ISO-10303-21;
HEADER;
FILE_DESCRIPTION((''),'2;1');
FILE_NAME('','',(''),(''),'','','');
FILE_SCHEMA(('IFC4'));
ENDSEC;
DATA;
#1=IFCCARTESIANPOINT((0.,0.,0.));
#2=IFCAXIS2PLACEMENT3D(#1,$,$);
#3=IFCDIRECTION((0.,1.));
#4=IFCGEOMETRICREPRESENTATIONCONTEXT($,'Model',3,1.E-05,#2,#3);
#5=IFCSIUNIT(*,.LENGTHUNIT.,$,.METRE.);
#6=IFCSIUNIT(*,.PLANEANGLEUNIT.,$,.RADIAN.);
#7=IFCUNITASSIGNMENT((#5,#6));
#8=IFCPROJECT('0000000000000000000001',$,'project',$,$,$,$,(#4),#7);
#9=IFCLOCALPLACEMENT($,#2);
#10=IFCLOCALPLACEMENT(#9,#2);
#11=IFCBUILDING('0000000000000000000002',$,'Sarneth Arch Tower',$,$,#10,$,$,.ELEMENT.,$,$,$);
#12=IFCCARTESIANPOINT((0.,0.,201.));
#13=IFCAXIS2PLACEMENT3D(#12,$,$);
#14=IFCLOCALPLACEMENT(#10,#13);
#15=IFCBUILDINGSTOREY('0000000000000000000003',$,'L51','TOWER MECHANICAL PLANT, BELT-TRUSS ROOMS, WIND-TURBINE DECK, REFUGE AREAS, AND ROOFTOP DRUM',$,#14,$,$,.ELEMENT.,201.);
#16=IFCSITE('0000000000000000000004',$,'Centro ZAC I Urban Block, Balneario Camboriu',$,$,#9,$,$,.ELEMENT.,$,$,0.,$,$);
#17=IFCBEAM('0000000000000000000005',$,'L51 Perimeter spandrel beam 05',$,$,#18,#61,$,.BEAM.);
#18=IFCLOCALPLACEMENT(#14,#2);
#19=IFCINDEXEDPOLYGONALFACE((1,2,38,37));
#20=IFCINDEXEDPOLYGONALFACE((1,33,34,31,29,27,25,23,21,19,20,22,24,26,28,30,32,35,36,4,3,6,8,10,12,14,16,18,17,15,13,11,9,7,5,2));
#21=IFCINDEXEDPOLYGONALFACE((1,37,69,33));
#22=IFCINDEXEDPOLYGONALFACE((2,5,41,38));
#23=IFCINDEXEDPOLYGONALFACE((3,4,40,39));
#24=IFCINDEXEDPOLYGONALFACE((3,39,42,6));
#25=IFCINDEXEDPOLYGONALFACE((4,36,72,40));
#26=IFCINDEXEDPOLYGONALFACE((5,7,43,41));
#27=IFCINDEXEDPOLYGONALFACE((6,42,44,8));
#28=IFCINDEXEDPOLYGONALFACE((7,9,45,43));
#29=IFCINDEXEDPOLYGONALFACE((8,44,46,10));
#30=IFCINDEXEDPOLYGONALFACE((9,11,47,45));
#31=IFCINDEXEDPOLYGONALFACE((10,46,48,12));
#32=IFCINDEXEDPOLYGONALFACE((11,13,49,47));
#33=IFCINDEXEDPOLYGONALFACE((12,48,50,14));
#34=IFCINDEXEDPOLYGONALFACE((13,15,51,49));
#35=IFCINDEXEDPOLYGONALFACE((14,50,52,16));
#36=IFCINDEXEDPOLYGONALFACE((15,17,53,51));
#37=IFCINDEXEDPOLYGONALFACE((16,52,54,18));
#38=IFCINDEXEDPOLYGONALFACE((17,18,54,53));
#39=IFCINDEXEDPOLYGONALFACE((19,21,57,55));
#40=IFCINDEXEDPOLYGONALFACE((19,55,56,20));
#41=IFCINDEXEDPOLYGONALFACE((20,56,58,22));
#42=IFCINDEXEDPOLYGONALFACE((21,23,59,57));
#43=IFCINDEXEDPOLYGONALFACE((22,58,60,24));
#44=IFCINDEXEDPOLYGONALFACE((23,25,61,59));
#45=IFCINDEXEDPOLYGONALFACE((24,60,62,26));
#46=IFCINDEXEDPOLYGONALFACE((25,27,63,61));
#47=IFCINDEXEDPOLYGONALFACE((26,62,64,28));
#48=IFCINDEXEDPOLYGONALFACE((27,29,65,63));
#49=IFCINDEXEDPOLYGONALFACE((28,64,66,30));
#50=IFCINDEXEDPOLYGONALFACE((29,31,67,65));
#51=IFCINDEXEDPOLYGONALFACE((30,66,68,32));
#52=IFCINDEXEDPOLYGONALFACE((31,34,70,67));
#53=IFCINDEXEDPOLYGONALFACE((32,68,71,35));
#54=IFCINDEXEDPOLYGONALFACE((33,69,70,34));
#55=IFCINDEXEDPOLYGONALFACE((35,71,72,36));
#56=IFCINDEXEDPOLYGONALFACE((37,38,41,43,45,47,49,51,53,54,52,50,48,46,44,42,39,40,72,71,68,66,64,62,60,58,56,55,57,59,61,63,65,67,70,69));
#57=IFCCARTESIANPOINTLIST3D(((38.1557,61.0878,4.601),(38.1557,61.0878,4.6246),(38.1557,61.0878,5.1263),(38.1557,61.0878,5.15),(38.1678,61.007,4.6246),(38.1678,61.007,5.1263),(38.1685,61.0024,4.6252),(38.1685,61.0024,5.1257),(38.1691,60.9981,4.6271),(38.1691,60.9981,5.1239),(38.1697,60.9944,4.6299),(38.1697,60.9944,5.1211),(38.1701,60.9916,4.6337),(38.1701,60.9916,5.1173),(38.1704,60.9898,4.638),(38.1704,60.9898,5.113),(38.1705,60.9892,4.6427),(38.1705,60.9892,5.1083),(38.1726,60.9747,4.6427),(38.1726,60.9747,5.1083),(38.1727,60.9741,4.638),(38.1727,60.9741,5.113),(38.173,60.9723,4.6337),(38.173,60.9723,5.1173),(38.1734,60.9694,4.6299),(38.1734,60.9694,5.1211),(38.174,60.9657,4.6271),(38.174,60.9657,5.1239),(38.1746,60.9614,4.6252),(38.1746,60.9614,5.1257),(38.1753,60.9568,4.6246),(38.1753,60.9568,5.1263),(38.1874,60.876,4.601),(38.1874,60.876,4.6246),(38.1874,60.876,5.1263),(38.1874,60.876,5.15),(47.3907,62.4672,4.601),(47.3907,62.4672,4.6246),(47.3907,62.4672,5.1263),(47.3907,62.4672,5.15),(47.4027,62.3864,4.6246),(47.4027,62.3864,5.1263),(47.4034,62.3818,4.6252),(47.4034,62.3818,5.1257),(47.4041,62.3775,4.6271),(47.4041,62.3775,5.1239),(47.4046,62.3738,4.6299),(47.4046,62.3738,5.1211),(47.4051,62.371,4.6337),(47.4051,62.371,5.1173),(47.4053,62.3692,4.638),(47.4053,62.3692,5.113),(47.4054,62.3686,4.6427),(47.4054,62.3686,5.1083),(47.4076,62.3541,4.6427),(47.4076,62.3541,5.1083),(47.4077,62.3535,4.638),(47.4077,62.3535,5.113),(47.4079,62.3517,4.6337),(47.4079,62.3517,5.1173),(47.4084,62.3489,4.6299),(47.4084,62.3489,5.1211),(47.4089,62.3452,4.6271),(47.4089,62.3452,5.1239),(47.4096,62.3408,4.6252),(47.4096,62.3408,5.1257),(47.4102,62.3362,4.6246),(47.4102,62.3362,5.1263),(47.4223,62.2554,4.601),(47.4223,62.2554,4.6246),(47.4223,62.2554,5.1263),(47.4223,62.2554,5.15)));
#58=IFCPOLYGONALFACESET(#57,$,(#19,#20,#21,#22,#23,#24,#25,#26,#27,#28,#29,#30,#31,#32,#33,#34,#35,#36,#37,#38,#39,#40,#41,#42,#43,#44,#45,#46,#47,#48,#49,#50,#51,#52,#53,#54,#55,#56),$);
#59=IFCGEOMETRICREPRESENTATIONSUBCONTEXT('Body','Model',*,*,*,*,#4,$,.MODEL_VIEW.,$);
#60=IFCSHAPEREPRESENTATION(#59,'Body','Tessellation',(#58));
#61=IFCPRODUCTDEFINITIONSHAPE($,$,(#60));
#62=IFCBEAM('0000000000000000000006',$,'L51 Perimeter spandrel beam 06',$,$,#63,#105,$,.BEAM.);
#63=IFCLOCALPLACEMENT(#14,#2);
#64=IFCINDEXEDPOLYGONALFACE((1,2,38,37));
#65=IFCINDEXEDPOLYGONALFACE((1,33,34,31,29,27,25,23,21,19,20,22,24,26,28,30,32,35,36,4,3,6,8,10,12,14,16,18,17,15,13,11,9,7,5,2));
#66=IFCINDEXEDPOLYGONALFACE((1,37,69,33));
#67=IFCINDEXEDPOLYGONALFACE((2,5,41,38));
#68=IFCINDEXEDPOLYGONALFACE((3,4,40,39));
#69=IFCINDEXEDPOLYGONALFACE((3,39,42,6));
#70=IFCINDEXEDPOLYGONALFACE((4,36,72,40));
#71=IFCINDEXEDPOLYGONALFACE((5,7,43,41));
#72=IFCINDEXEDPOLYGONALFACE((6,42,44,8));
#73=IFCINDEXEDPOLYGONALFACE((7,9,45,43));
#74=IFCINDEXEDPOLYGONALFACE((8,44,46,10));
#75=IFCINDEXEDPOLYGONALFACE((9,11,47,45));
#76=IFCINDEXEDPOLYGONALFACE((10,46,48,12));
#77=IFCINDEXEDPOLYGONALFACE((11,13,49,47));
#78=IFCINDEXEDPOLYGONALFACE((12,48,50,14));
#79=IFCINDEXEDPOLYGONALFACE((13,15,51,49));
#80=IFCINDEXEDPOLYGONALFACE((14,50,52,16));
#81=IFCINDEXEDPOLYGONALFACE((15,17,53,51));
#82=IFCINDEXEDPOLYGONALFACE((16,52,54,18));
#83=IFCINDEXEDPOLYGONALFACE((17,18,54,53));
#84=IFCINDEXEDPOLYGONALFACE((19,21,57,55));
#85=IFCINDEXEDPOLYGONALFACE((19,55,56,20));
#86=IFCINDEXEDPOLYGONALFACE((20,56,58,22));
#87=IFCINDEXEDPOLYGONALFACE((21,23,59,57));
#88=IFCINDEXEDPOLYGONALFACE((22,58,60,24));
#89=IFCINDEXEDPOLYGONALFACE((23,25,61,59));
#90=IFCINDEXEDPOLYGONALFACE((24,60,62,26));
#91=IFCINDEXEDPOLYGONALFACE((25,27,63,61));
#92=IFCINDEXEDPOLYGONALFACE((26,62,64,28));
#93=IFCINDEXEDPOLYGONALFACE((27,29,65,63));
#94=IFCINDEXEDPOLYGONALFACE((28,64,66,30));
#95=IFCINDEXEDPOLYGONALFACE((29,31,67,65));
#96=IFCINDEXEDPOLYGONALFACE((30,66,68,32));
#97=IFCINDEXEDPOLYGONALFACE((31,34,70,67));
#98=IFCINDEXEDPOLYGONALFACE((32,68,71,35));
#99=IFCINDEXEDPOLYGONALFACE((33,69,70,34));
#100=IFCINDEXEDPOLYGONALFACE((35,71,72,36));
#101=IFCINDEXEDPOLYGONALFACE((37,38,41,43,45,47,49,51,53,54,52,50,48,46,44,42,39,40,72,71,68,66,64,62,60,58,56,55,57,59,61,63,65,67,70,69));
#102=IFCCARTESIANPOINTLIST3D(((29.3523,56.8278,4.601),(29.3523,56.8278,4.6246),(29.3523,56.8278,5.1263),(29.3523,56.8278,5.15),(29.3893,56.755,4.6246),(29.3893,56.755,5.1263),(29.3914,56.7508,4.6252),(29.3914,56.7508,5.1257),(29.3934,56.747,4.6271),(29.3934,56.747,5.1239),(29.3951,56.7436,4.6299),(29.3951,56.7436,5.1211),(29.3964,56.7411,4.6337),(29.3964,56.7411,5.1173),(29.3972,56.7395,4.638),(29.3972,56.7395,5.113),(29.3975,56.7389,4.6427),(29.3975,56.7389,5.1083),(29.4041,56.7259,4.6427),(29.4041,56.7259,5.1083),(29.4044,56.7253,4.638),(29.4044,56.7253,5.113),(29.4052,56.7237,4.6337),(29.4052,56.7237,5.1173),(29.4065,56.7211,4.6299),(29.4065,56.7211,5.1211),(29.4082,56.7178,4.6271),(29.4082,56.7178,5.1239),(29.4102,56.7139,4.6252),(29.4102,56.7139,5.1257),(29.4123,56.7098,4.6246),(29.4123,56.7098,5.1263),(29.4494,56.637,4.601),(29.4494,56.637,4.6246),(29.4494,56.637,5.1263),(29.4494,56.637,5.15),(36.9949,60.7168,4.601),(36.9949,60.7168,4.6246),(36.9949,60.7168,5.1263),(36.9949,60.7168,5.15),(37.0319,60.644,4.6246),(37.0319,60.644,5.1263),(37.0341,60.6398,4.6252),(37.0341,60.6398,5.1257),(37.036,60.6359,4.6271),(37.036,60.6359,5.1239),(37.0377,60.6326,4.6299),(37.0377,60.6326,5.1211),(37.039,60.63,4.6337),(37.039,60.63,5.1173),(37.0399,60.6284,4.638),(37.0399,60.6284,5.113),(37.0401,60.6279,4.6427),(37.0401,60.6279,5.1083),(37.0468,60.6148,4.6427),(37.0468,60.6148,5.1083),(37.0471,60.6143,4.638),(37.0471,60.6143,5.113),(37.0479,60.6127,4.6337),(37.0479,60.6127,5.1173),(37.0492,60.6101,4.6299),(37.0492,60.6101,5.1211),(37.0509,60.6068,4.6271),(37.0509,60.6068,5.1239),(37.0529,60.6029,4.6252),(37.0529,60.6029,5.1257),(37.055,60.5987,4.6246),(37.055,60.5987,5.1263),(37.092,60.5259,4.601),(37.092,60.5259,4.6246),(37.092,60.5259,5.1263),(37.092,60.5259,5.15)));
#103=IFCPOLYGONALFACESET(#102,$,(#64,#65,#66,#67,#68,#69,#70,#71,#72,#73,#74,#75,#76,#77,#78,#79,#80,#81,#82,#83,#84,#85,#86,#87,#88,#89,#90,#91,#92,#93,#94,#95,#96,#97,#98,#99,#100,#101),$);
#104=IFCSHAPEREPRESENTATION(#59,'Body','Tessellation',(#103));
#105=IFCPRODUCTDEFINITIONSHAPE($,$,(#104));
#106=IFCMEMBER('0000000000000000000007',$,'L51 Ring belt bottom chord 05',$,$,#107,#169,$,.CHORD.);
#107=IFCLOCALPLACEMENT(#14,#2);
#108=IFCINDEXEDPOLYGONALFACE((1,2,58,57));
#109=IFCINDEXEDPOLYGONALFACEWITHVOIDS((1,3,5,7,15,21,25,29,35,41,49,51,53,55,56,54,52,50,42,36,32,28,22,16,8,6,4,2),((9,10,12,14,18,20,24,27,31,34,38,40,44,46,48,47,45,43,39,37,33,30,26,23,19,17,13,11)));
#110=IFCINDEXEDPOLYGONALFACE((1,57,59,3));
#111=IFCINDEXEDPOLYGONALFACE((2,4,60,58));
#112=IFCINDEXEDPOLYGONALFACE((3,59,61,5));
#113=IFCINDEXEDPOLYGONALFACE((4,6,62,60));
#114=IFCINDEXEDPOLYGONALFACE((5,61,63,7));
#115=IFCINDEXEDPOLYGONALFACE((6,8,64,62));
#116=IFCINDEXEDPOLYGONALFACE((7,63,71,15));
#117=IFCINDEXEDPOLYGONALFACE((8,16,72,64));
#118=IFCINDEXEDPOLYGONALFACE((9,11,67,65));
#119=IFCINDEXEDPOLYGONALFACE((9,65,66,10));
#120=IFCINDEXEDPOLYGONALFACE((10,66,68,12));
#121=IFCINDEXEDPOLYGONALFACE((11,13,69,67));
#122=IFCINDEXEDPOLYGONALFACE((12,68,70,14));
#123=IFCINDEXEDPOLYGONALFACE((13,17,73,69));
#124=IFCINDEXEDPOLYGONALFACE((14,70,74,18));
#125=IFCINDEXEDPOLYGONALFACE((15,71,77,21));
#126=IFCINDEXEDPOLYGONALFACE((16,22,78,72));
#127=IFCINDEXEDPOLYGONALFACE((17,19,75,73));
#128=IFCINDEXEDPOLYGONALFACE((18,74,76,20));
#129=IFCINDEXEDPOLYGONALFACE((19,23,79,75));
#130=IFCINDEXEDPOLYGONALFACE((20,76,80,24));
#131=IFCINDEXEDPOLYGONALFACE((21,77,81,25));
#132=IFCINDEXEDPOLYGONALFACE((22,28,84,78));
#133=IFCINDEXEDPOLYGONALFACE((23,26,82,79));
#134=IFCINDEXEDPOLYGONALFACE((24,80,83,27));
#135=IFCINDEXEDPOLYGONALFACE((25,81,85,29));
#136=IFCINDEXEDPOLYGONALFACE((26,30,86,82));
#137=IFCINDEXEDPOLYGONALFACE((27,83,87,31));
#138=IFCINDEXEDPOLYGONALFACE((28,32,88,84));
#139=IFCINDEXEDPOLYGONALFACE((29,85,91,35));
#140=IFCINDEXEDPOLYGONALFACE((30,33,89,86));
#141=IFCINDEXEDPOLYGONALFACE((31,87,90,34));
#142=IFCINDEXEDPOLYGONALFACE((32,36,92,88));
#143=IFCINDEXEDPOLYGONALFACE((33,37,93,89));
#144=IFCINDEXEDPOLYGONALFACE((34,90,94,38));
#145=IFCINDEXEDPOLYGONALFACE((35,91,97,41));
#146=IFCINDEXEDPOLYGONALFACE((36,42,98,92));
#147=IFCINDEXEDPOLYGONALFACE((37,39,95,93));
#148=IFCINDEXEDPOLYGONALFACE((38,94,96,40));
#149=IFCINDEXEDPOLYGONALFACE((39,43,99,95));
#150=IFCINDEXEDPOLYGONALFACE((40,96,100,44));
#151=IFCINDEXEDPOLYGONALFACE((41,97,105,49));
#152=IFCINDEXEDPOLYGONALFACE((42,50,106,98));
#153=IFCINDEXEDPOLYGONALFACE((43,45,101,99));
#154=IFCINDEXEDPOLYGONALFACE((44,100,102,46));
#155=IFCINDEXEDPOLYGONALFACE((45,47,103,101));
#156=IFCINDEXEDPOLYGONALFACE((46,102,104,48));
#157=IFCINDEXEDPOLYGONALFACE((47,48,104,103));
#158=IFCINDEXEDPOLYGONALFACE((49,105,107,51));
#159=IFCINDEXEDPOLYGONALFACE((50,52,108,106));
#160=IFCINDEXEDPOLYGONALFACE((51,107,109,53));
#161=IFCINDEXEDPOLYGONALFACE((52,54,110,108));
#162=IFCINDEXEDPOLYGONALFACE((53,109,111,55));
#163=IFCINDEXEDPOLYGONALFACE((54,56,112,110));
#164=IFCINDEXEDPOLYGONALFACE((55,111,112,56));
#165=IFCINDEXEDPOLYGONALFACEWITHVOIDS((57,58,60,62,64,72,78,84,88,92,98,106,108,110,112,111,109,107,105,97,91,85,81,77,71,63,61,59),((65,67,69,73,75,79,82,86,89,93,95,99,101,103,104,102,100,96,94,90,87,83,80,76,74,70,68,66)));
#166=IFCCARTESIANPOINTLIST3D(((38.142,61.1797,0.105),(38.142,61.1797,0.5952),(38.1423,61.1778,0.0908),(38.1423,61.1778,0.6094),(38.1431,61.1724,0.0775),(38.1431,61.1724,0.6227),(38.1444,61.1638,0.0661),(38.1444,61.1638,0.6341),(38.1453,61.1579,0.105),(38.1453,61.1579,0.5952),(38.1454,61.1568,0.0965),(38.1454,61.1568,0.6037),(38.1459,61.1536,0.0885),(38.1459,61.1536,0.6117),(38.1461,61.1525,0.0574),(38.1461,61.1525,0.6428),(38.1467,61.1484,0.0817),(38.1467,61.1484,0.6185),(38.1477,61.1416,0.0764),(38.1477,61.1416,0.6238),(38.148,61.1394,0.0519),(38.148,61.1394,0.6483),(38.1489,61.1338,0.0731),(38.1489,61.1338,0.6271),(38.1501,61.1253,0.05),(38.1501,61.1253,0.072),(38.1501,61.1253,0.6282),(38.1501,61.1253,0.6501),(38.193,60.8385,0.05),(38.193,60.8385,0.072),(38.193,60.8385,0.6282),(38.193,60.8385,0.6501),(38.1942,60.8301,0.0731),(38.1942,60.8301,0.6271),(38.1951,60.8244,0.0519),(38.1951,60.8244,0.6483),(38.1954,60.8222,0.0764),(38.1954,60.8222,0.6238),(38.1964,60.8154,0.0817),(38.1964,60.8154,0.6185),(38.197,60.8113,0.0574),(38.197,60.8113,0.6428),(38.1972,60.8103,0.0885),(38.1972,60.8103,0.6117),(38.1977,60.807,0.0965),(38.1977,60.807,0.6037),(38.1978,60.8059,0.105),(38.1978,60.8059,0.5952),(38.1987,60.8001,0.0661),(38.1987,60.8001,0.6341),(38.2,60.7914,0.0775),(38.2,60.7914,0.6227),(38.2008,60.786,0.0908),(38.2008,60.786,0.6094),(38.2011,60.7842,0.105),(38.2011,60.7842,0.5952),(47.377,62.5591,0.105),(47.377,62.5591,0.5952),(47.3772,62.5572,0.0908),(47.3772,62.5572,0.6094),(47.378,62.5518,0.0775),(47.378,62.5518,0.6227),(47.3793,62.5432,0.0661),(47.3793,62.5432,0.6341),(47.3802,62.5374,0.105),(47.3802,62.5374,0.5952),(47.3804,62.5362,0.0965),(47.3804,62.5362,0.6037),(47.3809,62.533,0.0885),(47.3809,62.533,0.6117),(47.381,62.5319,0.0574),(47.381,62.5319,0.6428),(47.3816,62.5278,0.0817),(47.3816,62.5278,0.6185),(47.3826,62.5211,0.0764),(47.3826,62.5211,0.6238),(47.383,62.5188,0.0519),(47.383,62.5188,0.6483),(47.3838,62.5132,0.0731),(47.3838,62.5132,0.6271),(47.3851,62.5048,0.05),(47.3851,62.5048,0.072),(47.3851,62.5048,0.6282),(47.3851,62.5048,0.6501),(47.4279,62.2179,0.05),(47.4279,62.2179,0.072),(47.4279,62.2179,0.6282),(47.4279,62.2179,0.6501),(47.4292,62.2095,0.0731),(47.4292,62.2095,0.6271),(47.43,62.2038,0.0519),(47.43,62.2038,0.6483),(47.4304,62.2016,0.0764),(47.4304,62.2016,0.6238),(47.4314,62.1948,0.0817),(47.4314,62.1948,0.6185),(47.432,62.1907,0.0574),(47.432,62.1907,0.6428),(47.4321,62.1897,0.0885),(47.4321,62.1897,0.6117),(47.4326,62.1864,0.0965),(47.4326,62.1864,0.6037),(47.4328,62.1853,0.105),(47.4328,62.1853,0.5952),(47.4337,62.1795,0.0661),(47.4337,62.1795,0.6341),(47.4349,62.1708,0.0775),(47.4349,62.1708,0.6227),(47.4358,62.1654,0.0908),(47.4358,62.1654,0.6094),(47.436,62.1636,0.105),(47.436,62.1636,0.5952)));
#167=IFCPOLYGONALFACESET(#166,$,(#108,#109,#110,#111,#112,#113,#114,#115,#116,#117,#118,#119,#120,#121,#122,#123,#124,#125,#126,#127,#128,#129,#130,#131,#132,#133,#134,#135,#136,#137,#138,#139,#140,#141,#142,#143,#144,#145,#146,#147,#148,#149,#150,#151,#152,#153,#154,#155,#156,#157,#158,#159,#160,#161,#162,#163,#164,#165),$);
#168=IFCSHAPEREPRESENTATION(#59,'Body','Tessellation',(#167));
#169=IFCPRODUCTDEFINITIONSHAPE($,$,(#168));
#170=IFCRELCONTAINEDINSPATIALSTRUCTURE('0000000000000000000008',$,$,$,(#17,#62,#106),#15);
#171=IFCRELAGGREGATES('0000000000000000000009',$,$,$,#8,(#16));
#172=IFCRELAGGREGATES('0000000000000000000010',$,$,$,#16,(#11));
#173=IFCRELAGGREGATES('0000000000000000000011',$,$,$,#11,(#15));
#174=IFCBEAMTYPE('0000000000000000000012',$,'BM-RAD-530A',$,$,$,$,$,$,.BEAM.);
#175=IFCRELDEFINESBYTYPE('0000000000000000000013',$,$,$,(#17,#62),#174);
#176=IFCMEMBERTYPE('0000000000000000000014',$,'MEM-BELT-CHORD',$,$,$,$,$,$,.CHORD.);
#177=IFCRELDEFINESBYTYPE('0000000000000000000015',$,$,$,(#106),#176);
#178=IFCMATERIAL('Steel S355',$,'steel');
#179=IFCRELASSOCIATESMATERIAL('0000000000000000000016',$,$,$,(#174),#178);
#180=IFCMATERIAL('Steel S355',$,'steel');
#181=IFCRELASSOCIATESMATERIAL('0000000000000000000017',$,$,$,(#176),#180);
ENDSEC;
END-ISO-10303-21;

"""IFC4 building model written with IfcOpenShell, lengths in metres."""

from ifc_helpers import new_model, si_unit, direction, frame, origin, origin_2d, place, context, subcontext, project, spatial, hollow_rectangle, i_section, extrude, material, material_profile, profile_set, type_object, element, save


model = new_model("IFC4")

# Units and contexts
model_context = context("Model", 3, precision=1e-05, world=origin(), true_north=direction((0.0, 1.0)))
body_context = subcontext(model_context, "Body", "Model", "MODEL_VIEW")
ifc_project = project(units=[si_unit("LENGTHUNIT", "METRE"), si_unit("PLANEANGLEUNIT", "RADIAN")], contexts=[model_context])

# Site, building, storey
site_placement = place(None, origin())
site = spatial("IfcSite", under=ifc_project, at=site_placement, Name="Centro ZAC I Urban Block, Balneario Camboriu", CompositionType="ELEMENT", RefElevation=0.0)
building_placement = place(site_placement, origin())
building = spatial("IfcBuilding", under=site, at=building_placement, Name="Sarneth Arch Tower", CompositionType="ELEMENT")
storey_placement = place(building_placement, frame((0.0, 0.0, 201.0)))
storey = spatial("IfcBuildingStorey", under=building, at=storey_placement, Name="L51", Description="TOWER MECHANICAL PLANT, BELT-TRUSS ROOMS, WIND-TURBINE DECK, REFUGE AREAS, AND ROOFTOP DRUM", CompositionType="ELEMENT", Elevation=201.0)

# Beams
ifc_material_1 = material(Name="Steel S355", Category="steel")
ifc_material_profile_1 = material_profile(ifc_material_1, i_section(OverallWidth=0.2141, OverallDepth=0.5491, WebThickness=0.0146, FlangeThickness=0.0237, FilletRadius=0.0181, at=origin_2d()), Name="W530x138")
ifc_profile_set_1 = profile_set([ifc_material_profile_1], Name="Steel S355")
beam_type = type_object("IfcBeamType", Name="BM-RAD-530A", PredefinedType="BEAM", material=ifc_profile_set_1)
beam_1_placement = place(storey_placement, frame((47.4065, 62.3613, 4.8755), z_axis=(-0.989028, -0.147729, 0.0), x_axis=(0.147729, -0.989028, 0.0)))
element("IfcBeam", 1, at=beam_1_placement, inside=storey, type_object=beam_type, Name="L51 Perimeter spandrel beam 05", PredefinedType="BEAM", context=body_context, shape_type="SweptSolid", body=[
    extrude(i_section(OverallWidth=0.2141, OverallDepth=0.5491, WebThickness=0.0146, FlangeThickness=0.0237, FilletRadius=0.0181, at=origin_2d()), origin(), (0.0, 0.0, 1.0), 9.3374),
])
beam_2_placement = place(storey_placement, frame((37.0435, 60.6213, 4.8755), z_axis=(-0.89125, -0.453512, 0.0), x_axis=(0.453512, -0.89125, 0.0)))
element("IfcBeam", 2, at=beam_2_placement, inside=storey, type_object=beam_type, Name="L51 Perimeter spandrel beam 06", PredefinedType="BEAM", context=body_context, shape_type="SweptSolid", body=[
    extrude(i_section(OverallWidth=0.2141, OverallDepth=0.5491, WebThickness=0.0146, FlangeThickness=0.0237, FilletRadius=0.0181, at=origin_2d()), origin(), (0.0, 0.0, 1.0), 8.5752),
])

# Member
ifc_material_2 = material(Name="Steel S355", Category="steel")
ifc_material_profile_2 = material_profile(ifc_material_2, hollow_rectangle(XDim=0.3999, YDim=0.6001, WallThickness=0.022, InnerFilletRadius=0.033, OuterFilletRadius=0.0549, at=origin_2d()), Name="RHS600x400x22")
ifc_profile_set_2 = profile_set([ifc_material_profile_2], Name="Steel S355")
member_type_1 = type_object("IfcMemberType", Name="MEM-BELT-CHORD", PredefinedType="CHORD", material=ifc_profile_set_2)
member_1_placement = place(storey_placement, frame((47.4065, 62.3613, 0.3501), z_axis=(-0.989028, -0.147729, 0.0), x_axis=(0.147729, -0.989028, 0.0)))
element("IfcMember", 3, at=member_1_placement, inside=storey, type_object=member_type_1, Name="L51 Ring belt bottom chord 05", PredefinedType="CHORD", context=body_context, shape_type="SweptSolid", body=[
    extrude(hollow_rectangle(XDim=0.3999, YDim=0.6001, WallThickness=0.022, InnerFilletRadius=0.033, OuterFilletRadius=0.0549, at=origin_2d()), origin(), (0.0, 0.0, 1.0), 9.3374),
])

save(model, "model.ifc")
